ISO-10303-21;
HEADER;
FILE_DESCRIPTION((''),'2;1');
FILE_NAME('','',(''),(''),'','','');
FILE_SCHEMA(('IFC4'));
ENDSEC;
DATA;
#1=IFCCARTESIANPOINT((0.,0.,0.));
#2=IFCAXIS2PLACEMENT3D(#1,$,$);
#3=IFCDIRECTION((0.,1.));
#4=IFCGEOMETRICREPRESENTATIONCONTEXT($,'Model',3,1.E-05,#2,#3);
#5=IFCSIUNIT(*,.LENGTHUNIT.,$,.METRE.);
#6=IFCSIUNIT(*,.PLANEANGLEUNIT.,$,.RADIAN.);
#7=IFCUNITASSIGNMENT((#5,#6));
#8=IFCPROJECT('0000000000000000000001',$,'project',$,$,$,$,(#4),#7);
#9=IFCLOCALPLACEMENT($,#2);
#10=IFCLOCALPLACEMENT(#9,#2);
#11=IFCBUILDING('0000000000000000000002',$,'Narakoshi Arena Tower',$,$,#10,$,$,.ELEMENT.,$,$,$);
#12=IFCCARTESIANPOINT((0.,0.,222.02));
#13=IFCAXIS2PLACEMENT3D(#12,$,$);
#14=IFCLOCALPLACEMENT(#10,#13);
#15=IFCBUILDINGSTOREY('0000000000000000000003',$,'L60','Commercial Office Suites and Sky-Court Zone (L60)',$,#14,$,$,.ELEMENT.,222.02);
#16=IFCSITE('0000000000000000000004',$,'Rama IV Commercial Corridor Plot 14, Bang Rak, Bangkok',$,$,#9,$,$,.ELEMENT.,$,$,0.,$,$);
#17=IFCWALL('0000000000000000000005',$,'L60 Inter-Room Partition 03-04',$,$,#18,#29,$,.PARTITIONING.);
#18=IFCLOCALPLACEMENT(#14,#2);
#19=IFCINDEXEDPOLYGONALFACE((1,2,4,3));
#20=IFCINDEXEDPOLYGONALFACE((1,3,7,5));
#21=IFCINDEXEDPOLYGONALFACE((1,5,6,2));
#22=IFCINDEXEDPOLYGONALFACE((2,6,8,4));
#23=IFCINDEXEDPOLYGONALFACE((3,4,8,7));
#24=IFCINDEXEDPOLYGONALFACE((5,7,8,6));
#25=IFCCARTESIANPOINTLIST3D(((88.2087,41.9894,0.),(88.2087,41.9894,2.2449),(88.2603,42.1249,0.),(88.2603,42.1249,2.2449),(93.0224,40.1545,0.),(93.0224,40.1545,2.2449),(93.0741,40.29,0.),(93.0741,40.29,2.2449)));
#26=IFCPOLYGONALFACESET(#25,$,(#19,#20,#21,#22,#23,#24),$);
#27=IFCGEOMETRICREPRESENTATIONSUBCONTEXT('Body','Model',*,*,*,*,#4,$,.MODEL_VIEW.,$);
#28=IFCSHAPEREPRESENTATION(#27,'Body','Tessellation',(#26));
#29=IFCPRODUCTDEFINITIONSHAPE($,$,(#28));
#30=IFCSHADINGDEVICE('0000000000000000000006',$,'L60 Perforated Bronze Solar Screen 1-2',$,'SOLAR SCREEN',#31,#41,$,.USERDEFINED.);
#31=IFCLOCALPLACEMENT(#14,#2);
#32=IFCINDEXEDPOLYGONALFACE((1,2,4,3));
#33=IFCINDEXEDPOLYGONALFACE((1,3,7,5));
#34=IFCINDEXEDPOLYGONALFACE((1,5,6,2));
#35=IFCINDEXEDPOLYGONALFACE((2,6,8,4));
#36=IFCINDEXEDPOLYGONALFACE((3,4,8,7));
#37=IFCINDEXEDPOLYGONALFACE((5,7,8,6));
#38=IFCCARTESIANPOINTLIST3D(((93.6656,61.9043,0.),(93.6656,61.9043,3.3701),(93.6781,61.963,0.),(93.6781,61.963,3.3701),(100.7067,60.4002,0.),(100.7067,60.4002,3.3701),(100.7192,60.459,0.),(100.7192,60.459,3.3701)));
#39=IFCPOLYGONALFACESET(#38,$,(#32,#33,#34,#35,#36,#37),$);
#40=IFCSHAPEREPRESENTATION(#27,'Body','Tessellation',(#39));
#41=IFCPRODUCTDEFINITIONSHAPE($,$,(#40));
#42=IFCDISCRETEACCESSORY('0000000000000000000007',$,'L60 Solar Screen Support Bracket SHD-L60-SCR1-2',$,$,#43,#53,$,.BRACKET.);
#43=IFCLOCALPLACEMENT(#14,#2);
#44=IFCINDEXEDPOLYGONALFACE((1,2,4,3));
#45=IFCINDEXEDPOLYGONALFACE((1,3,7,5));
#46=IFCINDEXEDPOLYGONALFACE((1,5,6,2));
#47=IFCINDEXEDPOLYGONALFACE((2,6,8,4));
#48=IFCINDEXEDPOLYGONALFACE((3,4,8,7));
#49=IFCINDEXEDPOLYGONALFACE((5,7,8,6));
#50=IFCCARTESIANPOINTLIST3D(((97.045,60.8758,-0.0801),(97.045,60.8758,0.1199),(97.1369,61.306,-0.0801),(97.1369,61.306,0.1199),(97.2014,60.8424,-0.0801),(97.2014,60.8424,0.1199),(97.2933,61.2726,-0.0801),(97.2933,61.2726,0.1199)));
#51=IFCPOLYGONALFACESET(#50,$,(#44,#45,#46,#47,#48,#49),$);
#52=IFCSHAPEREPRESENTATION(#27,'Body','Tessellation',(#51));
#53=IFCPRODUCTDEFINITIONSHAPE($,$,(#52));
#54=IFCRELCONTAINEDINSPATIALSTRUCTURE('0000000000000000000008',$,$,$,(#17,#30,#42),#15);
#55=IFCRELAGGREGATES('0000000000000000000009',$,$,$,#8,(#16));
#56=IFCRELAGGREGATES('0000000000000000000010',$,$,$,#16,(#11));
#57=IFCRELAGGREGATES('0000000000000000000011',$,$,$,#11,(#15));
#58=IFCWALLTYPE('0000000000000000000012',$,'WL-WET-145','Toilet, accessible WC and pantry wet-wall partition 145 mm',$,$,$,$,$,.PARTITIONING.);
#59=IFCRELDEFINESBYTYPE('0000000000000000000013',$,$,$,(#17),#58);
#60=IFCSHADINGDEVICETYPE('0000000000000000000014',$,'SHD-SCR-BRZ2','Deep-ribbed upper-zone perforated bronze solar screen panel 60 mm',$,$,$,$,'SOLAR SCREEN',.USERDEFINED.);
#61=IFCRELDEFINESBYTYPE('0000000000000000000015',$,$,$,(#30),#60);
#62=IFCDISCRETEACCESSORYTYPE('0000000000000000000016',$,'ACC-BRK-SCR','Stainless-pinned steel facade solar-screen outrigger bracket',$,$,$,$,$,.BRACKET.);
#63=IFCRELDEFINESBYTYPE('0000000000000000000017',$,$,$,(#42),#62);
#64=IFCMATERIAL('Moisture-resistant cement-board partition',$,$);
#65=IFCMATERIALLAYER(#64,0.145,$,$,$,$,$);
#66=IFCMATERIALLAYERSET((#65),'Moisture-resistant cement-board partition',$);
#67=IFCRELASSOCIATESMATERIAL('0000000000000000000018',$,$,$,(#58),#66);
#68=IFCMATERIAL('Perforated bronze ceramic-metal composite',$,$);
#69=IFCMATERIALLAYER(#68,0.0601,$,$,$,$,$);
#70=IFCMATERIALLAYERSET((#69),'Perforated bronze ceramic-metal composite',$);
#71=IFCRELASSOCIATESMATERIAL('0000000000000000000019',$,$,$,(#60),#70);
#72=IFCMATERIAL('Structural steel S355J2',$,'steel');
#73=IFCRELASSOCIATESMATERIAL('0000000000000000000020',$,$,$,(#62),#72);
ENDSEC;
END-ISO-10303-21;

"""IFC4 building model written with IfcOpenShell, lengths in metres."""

from ifc_helpers import new_model, si_unit, direction, frame, frame_2d, origin, origin_2d, place, context, subcontext, project, spatial, rectangle, extrude, material, layer, layer_set, type_object, element, save


model = new_model("IFC4")

# Units and contexts
model_context = context("Model", 3, precision=1e-05, world=origin(), true_north=direction((0.0, 1.0)))
body_context = subcontext(model_context, "Body", "Model", "MODEL_VIEW")
ifc_project = project(units=[si_unit("LENGTHUNIT", "METRE"), si_unit("PLANEANGLEUNIT", "RADIAN")], contexts=[model_context])

# Site, building, storey
site_placement = place(None, origin())
site = spatial("IfcSite", under=ifc_project, at=site_placement, Name="Rama IV Commercial Corridor Plot 14, Bang Rak, Bangkok", CompositionType="ELEMENT", RefElevation=0.0)
building_placement = place(site_placement, origin())
building = spatial("IfcBuilding", under=site, at=building_placement, Name="Narakoshi Arena Tower", CompositionType="ELEMENT")
storey_placement = place(building_placement, frame((0.0, 0.0, 222.02)))
storey = spatial("IfcBuildingStorey", under=building, at=storey_placement, Name="L60", Description="Commercial Office Suites and Sky-Court Zone (L60)", CompositionType="ELEMENT", Elevation=222.02)

# Shared definitions
ifc_material_1 = material(Name="Structural steel S355J2", Category="steel")

# Wall
ifc_material_2 = material(Name="Moisture-resistant cement-board partition")
ifc_layer_1 = layer(ifc_material_2, 0.145)
ifc_layer_set_1 = layer_set([ifc_layer_1], Name="Moisture-resistant cement-board partition")
wall_type_1 = type_object("IfcWallType", Name="WL-WET-145", Description="Toilet, accessible WC and pantry wet-wall partition 145 mm", PredefinedType="PARTITIONING", material=ifc_layer_set_1)
wall_1_placement = place(storey_placement, frame((88.2346, 42.0571, 0.0), z_axis=(0.0, 0.0, 1.0), x_axis=(0.934413, -0.356192, 0.0)))
element("IfcWall", 1, at=wall_1_placement, inside=storey, type_object=wall_type_1, Name="L60 Inter-Room Partition 03-04", PredefinedType="PARTITIONING", context=body_context, shape_type="SweptSolid", body=[
    extrude(rectangle(XDim=5.1516, YDim=0.145, at=frame_2d((2.5757, 0.0))), origin(), (0.0, 0.0, 1.0), 2.2449),
])

# Shading device
ifc_material_3 = material(Name="Perforated bronze ceramic-metal composite")
ifc_layer_2 = layer(ifc_material_3, 0.0601)
ifc_layer_set_2 = layer_set([ifc_layer_2], Name="Perforated bronze ceramic-metal composite")
shading_device_type = type_object("IfcShadingDeviceType", Name="SHD-SCR-BRZ2", Description="Deep-ribbed upper-zone perforated bronze solar screen panel 60 mm", ElementType="SOLAR SCREEN", PredefinedType="USERDEFINED", material=ifc_layer_set_2)
shading_device_placement = place(storey_placement, frame((97.1924, 61.1816, 0.0), z_axis=(0.0, 0.0, 1.0), x_axis=(-0.977937, 0.208902, 0.0)))
element("IfcShadingDevice", 2, at=shading_device_placement, inside=storey, type_object=shading_device_type, Name="L60 Perforated Bronze Solar Screen 1-2", ObjectType="SOLAR SCREEN", PredefinedType="USERDEFINED", context=body_context, shape_type="SweptSolid", body=[
    extrude(rectangle(XDim=7.2, YDim=0.0601, at=origin_2d()), origin(), (0.0, 0.0, 1.0), 3.3701),
])

# Discrete accessory
discrete_accessory_type = type_object("IfcDiscreteAccessoryType", Name="ACC-BRK-SCR", Description="Stainless-pinned steel facade solar-screen outrigger bracket", PredefinedType="BRACKET", material=ifc_material_1)
discrete_accessory_placement = place(storey_placement, frame((97.1692, 61.0742, -0.0801), z_axis=(0.0, 0.0, 1.0), x_axis=(-0.977937, 0.208902, 0.0)))
element("IfcDiscreteAccessory", 3, at=discrete_accessory_placement, inside=storey, type_object=discrete_accessory_type, Name="L60 Solar Screen Support Bracket SHD-L60-SCR1-2", PredefinedType="BRACKET", context=body_context, shape_type="SweptSolid", body=[
    extrude(rectangle(XDim=0.1599, YDim=0.4399, at=origin_2d()), origin(), (0.0, 0.0, 1.0), 0.2),
])

save(model, "model.ifc")
